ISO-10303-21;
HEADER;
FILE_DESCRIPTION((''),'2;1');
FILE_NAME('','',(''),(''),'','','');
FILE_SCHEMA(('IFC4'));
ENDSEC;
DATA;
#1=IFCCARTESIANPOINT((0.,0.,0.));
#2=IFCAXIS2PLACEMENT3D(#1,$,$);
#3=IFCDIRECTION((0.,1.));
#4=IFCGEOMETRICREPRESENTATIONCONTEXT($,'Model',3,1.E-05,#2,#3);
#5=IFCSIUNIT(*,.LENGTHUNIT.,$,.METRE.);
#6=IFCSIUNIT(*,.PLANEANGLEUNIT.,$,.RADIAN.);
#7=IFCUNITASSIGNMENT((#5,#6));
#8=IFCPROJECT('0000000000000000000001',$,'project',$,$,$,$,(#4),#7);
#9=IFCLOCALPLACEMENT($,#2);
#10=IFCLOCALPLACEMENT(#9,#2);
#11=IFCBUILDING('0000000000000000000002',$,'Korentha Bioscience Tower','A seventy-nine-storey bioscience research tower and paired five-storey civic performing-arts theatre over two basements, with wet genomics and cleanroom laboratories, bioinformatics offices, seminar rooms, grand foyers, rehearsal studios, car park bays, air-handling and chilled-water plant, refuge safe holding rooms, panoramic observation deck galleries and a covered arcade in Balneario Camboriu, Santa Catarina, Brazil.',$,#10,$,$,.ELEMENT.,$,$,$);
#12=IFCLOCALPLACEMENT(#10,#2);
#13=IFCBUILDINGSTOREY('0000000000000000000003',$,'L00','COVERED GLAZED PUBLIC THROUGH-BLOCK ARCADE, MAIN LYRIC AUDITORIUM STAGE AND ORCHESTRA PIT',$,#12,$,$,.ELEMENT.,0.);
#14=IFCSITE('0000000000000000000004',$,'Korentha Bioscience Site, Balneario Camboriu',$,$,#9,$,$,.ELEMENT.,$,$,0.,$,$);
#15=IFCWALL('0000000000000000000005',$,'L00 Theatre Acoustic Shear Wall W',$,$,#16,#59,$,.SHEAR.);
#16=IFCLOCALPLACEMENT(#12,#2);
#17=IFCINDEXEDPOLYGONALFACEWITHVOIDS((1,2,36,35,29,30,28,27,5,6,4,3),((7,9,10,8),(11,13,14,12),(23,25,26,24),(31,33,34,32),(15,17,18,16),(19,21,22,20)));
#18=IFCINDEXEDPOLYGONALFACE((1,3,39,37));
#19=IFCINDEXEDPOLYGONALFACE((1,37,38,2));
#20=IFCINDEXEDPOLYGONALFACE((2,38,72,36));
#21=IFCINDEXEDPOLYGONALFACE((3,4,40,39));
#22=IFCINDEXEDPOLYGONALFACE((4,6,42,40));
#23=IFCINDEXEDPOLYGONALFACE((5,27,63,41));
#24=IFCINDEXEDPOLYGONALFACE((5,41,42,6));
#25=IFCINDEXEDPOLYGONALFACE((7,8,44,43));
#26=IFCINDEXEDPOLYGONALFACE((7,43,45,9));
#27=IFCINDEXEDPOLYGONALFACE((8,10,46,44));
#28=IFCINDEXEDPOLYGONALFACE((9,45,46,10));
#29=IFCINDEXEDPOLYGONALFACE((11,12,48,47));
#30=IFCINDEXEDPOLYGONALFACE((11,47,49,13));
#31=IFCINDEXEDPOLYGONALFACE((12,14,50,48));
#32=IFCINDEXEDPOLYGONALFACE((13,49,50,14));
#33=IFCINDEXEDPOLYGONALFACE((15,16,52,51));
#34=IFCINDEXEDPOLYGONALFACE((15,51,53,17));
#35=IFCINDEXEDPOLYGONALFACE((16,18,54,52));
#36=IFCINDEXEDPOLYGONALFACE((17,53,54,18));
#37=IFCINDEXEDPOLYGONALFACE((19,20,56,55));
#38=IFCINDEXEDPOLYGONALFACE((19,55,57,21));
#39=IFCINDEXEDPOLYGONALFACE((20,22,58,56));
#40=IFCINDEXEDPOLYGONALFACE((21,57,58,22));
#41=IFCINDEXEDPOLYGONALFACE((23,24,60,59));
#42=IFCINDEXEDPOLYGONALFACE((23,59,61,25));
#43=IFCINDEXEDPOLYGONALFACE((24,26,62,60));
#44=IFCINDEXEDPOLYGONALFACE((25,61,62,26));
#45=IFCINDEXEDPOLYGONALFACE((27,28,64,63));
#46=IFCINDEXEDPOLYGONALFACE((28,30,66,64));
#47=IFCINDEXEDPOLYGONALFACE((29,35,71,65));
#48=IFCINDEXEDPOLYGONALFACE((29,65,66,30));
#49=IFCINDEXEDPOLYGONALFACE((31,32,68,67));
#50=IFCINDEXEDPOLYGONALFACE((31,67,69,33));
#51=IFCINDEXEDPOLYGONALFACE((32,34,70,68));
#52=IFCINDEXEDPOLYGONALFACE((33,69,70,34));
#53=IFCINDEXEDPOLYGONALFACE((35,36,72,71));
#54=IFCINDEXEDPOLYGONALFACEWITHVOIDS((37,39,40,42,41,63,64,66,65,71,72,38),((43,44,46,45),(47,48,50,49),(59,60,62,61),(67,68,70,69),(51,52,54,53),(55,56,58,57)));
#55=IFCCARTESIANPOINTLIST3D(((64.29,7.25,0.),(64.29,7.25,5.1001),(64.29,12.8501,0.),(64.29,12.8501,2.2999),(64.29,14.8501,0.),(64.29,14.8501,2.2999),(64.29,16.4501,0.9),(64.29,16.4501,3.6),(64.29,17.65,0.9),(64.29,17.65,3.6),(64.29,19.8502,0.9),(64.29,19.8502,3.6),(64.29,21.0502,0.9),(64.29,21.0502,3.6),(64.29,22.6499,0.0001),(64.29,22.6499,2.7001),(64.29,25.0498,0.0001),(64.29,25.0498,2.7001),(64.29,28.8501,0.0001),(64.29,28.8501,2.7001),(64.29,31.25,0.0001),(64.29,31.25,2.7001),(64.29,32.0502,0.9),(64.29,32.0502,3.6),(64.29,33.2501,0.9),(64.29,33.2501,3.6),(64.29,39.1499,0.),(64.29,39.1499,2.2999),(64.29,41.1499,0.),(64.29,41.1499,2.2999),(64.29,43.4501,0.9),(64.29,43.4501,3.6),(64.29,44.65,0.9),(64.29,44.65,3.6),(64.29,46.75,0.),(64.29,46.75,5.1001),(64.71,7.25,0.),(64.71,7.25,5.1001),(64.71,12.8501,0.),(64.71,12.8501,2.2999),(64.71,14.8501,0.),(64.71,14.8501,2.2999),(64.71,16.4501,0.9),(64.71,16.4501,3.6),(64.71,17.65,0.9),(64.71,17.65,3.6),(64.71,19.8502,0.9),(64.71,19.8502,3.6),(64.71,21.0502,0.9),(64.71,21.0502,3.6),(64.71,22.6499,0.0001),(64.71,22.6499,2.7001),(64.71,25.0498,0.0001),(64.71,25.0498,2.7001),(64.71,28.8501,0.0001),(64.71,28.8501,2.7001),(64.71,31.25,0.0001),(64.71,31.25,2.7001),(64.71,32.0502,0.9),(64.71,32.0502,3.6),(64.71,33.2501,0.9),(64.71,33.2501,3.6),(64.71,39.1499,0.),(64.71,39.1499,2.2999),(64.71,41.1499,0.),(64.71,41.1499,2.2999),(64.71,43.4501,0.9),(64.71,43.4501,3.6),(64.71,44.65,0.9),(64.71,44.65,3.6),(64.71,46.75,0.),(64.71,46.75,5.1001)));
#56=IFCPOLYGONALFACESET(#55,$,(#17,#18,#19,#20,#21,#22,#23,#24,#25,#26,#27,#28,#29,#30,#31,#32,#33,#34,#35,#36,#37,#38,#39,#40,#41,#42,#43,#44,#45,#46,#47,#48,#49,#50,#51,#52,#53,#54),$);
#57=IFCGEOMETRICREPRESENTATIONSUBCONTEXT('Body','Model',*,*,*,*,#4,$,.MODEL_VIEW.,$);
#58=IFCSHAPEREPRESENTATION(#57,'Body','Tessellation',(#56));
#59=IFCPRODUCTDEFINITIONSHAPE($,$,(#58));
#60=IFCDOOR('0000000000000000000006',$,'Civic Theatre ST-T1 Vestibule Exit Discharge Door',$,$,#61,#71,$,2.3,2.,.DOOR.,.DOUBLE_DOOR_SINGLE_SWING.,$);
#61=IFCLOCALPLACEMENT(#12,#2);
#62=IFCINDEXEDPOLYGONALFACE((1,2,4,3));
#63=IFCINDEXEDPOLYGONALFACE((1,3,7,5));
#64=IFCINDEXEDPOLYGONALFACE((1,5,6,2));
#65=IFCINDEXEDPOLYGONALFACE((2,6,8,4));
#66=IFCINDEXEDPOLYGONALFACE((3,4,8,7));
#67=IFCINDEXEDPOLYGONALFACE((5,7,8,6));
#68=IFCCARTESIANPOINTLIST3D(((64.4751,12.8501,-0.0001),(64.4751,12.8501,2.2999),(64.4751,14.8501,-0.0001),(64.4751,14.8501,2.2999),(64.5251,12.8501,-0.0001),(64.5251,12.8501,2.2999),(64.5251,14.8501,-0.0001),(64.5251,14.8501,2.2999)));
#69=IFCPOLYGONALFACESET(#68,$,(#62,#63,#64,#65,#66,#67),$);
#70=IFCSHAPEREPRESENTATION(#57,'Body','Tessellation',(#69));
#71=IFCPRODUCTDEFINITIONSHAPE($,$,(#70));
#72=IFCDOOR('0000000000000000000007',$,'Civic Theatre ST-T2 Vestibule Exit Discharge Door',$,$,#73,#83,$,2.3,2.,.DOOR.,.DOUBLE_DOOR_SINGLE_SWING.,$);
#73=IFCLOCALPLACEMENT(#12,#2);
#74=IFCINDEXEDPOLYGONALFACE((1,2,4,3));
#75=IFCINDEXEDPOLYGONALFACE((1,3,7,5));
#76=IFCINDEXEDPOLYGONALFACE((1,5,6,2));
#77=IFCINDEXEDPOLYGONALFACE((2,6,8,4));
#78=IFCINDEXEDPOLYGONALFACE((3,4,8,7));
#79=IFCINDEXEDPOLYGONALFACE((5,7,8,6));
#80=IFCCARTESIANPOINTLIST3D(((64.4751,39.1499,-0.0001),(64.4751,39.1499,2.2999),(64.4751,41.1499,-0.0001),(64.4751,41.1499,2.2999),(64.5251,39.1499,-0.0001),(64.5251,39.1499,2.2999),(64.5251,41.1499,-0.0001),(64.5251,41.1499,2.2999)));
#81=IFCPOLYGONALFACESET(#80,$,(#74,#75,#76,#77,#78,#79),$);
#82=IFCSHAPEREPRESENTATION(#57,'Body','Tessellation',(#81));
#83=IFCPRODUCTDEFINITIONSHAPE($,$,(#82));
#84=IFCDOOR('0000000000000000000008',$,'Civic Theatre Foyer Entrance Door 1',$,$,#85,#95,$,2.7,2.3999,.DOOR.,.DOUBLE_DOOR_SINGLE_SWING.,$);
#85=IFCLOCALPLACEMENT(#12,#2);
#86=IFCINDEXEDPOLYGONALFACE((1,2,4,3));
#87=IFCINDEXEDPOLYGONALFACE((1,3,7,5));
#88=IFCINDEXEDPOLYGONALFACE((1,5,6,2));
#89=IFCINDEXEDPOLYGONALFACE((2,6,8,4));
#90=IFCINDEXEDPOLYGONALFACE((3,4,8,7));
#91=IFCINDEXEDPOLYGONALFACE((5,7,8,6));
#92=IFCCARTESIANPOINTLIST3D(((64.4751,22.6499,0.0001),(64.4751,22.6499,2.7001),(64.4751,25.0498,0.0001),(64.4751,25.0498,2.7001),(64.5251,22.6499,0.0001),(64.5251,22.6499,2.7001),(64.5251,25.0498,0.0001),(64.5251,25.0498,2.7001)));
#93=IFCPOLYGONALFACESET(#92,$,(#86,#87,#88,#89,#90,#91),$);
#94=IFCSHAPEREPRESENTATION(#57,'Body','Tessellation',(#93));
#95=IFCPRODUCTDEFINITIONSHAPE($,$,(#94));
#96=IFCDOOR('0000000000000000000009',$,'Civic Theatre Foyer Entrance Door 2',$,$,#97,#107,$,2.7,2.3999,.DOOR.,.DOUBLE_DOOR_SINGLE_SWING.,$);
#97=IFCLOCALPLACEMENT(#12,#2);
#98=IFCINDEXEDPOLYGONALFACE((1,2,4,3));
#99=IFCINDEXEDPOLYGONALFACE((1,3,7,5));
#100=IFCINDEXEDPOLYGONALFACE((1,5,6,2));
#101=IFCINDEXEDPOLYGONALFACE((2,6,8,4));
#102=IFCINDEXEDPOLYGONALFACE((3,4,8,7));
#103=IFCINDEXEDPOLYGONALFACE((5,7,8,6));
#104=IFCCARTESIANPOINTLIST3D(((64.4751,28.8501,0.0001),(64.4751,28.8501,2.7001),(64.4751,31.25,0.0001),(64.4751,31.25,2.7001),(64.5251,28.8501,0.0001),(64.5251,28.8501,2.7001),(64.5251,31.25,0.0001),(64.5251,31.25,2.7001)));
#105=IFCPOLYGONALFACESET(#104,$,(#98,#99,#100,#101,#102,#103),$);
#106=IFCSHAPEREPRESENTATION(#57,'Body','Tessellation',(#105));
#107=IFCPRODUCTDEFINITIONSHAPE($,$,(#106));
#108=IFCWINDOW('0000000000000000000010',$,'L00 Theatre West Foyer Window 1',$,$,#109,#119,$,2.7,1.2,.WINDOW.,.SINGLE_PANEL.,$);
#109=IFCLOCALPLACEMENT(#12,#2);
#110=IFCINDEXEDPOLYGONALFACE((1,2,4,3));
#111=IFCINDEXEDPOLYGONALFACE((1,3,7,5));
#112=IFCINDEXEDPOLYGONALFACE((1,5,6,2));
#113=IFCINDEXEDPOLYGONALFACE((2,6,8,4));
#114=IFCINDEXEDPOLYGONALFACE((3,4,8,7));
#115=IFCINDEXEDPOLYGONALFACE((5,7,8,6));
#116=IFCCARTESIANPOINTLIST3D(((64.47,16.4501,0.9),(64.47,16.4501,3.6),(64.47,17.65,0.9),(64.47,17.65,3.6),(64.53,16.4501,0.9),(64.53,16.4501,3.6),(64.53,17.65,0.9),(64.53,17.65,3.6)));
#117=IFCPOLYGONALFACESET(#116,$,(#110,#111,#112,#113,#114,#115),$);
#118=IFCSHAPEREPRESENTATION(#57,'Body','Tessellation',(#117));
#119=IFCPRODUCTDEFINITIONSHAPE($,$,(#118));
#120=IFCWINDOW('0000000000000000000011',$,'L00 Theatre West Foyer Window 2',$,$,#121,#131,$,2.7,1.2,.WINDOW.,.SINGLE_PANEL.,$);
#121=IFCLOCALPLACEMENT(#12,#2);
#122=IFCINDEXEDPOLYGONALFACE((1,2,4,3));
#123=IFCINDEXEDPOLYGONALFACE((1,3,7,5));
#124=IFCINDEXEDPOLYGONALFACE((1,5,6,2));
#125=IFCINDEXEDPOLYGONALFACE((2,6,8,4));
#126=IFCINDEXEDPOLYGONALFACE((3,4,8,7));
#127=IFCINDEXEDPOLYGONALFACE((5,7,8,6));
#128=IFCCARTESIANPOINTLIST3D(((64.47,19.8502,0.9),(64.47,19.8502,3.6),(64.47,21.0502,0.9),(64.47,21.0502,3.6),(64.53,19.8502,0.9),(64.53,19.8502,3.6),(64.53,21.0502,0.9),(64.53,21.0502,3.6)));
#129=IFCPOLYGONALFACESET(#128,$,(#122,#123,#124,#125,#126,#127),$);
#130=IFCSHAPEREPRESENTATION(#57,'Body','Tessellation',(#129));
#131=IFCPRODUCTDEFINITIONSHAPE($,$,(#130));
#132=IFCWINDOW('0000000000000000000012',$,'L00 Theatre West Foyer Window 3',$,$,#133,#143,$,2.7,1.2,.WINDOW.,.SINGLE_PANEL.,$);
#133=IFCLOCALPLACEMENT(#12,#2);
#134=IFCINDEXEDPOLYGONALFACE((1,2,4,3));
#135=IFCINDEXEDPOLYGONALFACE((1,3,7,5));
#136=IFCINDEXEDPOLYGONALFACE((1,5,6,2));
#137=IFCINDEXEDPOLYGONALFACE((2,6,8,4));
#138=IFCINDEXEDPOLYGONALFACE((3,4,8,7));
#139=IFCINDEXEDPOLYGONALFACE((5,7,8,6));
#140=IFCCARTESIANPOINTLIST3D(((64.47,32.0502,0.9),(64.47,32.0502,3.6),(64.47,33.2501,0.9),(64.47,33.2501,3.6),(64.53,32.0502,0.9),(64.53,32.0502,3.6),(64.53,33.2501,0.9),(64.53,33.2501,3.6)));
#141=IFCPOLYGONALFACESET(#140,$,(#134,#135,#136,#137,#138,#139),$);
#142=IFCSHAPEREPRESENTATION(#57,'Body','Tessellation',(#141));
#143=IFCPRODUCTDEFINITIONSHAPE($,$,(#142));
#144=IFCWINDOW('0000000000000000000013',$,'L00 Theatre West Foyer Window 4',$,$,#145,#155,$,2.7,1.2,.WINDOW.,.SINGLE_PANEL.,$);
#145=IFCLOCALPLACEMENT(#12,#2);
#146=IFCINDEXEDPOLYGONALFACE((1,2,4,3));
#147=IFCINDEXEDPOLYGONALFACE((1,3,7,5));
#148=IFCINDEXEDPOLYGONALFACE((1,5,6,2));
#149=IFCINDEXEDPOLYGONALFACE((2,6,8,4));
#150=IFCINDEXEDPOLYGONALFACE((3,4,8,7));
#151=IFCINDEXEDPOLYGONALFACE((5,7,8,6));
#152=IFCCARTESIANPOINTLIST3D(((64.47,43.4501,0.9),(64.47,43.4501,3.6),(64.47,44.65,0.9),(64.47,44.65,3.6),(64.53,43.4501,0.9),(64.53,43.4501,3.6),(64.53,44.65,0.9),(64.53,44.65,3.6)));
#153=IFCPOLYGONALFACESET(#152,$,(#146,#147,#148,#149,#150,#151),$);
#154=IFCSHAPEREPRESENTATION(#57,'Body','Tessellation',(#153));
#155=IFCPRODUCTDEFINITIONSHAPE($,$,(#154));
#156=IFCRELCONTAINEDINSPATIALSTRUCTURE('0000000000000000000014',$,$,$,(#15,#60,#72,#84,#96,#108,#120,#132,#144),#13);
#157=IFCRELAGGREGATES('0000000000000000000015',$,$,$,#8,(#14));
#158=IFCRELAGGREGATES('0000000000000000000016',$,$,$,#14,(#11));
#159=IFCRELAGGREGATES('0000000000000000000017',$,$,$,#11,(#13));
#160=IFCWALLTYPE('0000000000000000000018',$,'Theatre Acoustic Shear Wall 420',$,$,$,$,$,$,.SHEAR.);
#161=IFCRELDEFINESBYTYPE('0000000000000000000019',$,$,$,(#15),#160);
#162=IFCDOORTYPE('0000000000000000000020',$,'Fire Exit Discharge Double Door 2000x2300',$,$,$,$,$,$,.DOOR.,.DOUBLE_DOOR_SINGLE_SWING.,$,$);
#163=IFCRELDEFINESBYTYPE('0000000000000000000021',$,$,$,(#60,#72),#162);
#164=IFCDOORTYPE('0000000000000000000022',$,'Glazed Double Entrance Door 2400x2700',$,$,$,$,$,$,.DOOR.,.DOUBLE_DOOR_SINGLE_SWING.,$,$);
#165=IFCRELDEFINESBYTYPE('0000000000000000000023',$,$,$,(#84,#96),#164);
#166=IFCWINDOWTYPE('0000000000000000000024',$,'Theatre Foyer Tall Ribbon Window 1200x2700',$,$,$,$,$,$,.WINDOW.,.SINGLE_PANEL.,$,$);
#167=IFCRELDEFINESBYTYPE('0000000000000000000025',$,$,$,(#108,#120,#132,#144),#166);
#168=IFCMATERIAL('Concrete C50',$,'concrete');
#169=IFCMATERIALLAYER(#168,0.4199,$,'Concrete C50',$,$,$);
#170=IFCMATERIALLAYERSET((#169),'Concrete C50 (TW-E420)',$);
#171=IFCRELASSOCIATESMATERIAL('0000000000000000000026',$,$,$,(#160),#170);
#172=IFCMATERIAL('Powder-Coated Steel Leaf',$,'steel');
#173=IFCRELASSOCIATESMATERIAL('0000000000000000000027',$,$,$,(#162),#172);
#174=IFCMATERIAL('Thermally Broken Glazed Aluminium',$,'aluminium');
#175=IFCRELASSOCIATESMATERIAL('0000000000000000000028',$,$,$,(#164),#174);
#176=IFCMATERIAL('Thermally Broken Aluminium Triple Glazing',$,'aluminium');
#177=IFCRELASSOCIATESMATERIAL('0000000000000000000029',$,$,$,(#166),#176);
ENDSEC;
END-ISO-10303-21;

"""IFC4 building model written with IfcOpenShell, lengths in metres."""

from ifc_helpers import new_model, si_unit, direction, frame, frame_2d, origin, place, context, subcontext, project, spatial, rectangle, extrude, material, layer, layer_set, type_object, element, fill, save


model = new_model("IFC4")

# Units and contexts
model_context = context("Model", 3, precision=1e-05, world=origin(), true_north=direction((0.0, 1.0)))
body_context = subcontext(model_context, "Body", "Model", "MODEL_VIEW")
ifc_project = project(units=[si_unit("LENGTHUNIT", "METRE"), si_unit("PLANEANGLEUNIT", "RADIAN")], contexts=[model_context])

# Site, building, storey
site_placement = place(None, origin())
site = spatial("IfcSite", under=ifc_project, at=site_placement, Name="Korentha Bioscience Site, Balneario Camboriu", CompositionType="ELEMENT", RefElevation=0.0)
building_placement = place(site_placement, origin())
building = spatial("IfcBuilding", under=site, at=building_placement, Name="Korentha Bioscience Tower", Description="A seventy-nine-storey bioscience research tower and paired five-storey civic performing-arts theatre over two basements, with wet genomics and cleanroom laboratories, bioinformatics offices, seminar rooms, grand foyers, rehearsal studios, car park bays, air-handling and chilled-water plant, refuge safe holding rooms, panoramic observation deck galleries and a covered arcade in Balneario Camboriu, Santa Catarina, Brazil.", CompositionType="ELEMENT")
storey_placement = place(building_placement, origin())
storey = spatial("IfcBuildingStorey", under=building, at=storey_placement, Name="L00", Description="COVERED GLAZED PUBLIC THROUGH-BLOCK ARCADE, MAIN LYRIC AUDITORIUM STAGE AND ORCHESTRA PIT", CompositionType="ELEMENT", Elevation=0.0)

# Shared definitions
ifc_material_1 = material(Name="Concrete C50", Category="concrete")
ifc_layer_1 = layer(ifc_material_1, 0.4199, Name="Concrete C50")
ifc_layer_set_1 = layer_set([ifc_layer_1], Name="Concrete C50 (TW-E420)")
wall_type_1 = type_object("IfcWallType", Name="Theatre Acoustic Shear Wall 420", PredefinedType="SHEAR", material=ifc_layer_set_1)

# Wall, openings, doors, windows
wall_1_placement = place(storey_placement, frame((64.5, 7.25, 0.0), z_axis=(0.0, 0.0, 1.0), x_axis=(0.0, 1.0, 0.0)))
wall_1 = element("IfcWall", 1, at=wall_1_placement, inside=storey, type_object=wall_type_1, Name="L00 Theatre Acoustic Shear Wall W", PredefinedType="SHEAR", context=body_context, shape_type="SweptSolid", body=[
    extrude(rectangle(XDim=39.5, YDim=0.4199, at=frame_2d((19.75, 0.0))), origin(), (0.0, 0.0, 1.0), 5.1001),
])
opening_1_placement = place(wall_1_placement, frame((9.2, 0.0, 0.8999)))
opening_1 = element("IfcOpeningElement", 2, at=opening_1_placement, cuts=wall_1, PredefinedType="OPENING", context=body_context, shape_type="SweptSolid", body=[
    extrude(rectangle(XDim=1.2, YDim=2.7, at=frame_2d((0.6001, 1.3501))), frame((0.0, 0.2249, 0.0), z_axis=(0.0, -1.0, 0.0), x_axis=(1.0, 0.0, 0.0)), (0.0, 0.0, 1.0), 0.4497),
])
opening_2_placement = place(wall_1_placement, frame((12.6001, 0.0, 0.8999)))
opening_2 = element("IfcOpeningElement", 3, at=opening_2_placement, cuts=wall_1, PredefinedType="OPENING", context=body_context, shape_type="SweptSolid", body=[
    extrude(rectangle(XDim=1.2, YDim=2.7, at=frame_2d((0.6001, 1.3501))), frame((0.0, 0.2249, 0.0), z_axis=(0.0, -1.0, 0.0), x_axis=(1.0, 0.0, 0.0)), (0.0, 0.0, 1.0), 0.4497),
])
opening_3_placement = place(wall_1_placement, frame((24.8, 0.0, 0.8999)))
opening_3 = element("IfcOpeningElement", 4, at=opening_3_placement, cuts=wall_1, PredefinedType="OPENING", context=body_context, shape_type="SweptSolid", body=[
    extrude(rectangle(XDim=1.2, YDim=2.7, at=frame_2d((0.6001, 1.3501))), frame((0.0, 0.2249, 0.0), z_axis=(0.0, -1.0, 0.0), x_axis=(1.0, 0.0, 0.0)), (0.0, 0.0, 1.0), 0.4497),
])
opening_4_placement = place(wall_1_placement, frame((36.2, 0.0, 0.8999)))
opening_4 = element("IfcOpeningElement", 5, at=opening_4_placement, cuts=wall_1, PredefinedType="OPENING", context=body_context, shape_type="SweptSolid", body=[
    extrude(rectangle(XDim=1.2, YDim=2.7, at=frame_2d((0.6001, 1.3501))), frame((0.0, 0.2249, 0.0), z_axis=(0.0, -1.0, 0.0), x_axis=(1.0, 0.0, 0.0)), (0.0, 0.0, 1.0), 0.4497),
])
opening_5_placement = place(wall_1_placement, frame((15.3999, 0.0, 0.0)))
opening_5 = element("IfcOpeningElement", 6, at=opening_5_placement, cuts=wall_1, PredefinedType="OPENING", context=body_context, shape_type="SweptSolid", body=[
    extrude(rectangle(XDim=2.3999, YDim=2.7, at=frame_2d((1.2, 1.3501))), frame((0.0, 0.2249, 0.0), z_axis=(0.0, -1.0, 0.0), x_axis=(1.0, 0.0, 0.0)), (0.0, 0.0, 1.0), 0.4497),
])
opening_6_placement = place(wall_1_placement, frame((21.6001, 0.0, 0.0)))
opening_6 = element("IfcOpeningElement", 7, at=opening_6_placement, cuts=wall_1, PredefinedType="OPENING", context=body_context, shape_type="SweptSolid", body=[
    extrude(rectangle(XDim=2.3999, YDim=2.7, at=frame_2d((1.2, 1.3501))), frame((0.0, 0.2249, 0.0), z_axis=(0.0, -1.0, 0.0), x_axis=(1.0, 0.0, 0.0)), (0.0, 0.0, 1.0), 0.4497),
])
opening_7_placement = place(wall_1_placement, frame((5.6001, 0.0, 0.0)))
opening_7 = element("IfcOpeningElement", 8, at=opening_7_placement, cuts=wall_1, PredefinedType="OPENING", context=body_context, shape_type="SweptSolid", body=[
    extrude(rectangle(XDim=2.0, YDim=2.3, at=frame_2d((1.0, 1.1499))), frame((0.0, 0.2249, 0.0), z_axis=(0.0, -1.0, 0.0), x_axis=(1.0, 0.0, 0.0)), (0.0, 0.0, 1.0), 0.4497),
])
opening_8_placement = place(wall_1_placement, frame((31.8999, 0.0, 0.0)))
opening_8 = element("IfcOpeningElement", 9, at=opening_8_placement, cuts=wall_1, PredefinedType="OPENING", context=body_context, shape_type="SweptSolid", body=[
    extrude(rectangle(XDim=2.0, YDim=2.3, at=frame_2d((1.0, 1.1499))), frame((0.0, 0.2249, 0.0), z_axis=(0.0, -1.0, 0.0), x_axis=(1.0, 0.0, 0.0)), (0.0, 0.0, 1.0), 0.4497),
])
ifc_material_2 = material(Name="Powder-Coated Steel Leaf", Category="steel")
door_type_1 = type_object("IfcDoorType", Name="Fire Exit Discharge Double Door 2000x2300", OperationType="DOUBLE_DOOR_SINGLE_SWING", PredefinedType="DOOR", material=ifc_material_2)
door_1_placement = place(opening_7_placement, origin())
door_1 = element("IfcDoor", 10, at=door_1_placement, inside=storey, type_object=door_type_1, Name="Civic Theatre ST-T1 Vestibule Exit Discharge Door", OperationType="DOUBLE_DOOR_SINGLE_SWING", OverallHeight=2.3, OverallWidth=2.0, PredefinedType="DOOR", context=body_context, shape_type="SweptSolid", body=[
    extrude(rectangle(XDim=2.0, YDim=2.3, at=frame_2d((1.0, 1.1499))), frame((0.0, 0.0249, 0.0), z_axis=(0.0, -1.0, 0.0), x_axis=(1.0, 0.0, 0.0)), (0.0, 0.0, 1.0), 0.05),
])
fill(opening_7, door_1)
door_2_placement = place(opening_8_placement, origin())
door_2 = element("IfcDoor", 11, at=door_2_placement, inside=storey, type_object=door_type_1, Name="Civic Theatre ST-T2 Vestibule Exit Discharge Door", OperationType="DOUBLE_DOOR_SINGLE_SWING", OverallHeight=2.3, OverallWidth=2.0, PredefinedType="DOOR", context=body_context, shape_type="SweptSolid", body=[
    extrude(rectangle(XDim=2.0, YDim=2.3, at=frame_2d((1.0, 1.1499))), frame((0.0, 0.0249, 0.0), z_axis=(0.0, -1.0, 0.0), x_axis=(1.0, 0.0, 0.0)), (0.0, 0.0, 1.0), 0.05),
])
fill(opening_8, door_2)
ifc_material_3 = material(Name="Thermally Broken Glazed Aluminium", Category="aluminium")
door_type_2 = type_object("IfcDoorType", Name="Glazed Double Entrance Door 2400x2700", OperationType="DOUBLE_DOOR_SINGLE_SWING", PredefinedType="DOOR", material=ifc_material_3)
door_3_placement = place(opening_5_placement, origin())
door_3 = element("IfcDoor", 12, at=door_3_placement, inside=storey, type_object=door_type_2, Name="Civic Theatre Foyer Entrance Door 1", OperationType="DOUBLE_DOOR_SINGLE_SWING", OverallHeight=2.7, OverallWidth=2.3999, PredefinedType="DOOR", context=body_context, shape_type="SweptSolid", body=[
    extrude(rectangle(XDim=2.3999, YDim=2.7, at=frame_2d((1.2, 1.3501))), frame((0.0, 0.0249, 0.0), z_axis=(0.0, -1.0, 0.0), x_axis=(1.0, 0.0, 0.0)), (0.0, 0.0, 1.0), 0.05),
])
fill(opening_5, door_3)
door_4_placement = place(opening_6_placement, origin())
door_4 = element("IfcDoor", 13, at=door_4_placement, inside=storey, type_object=door_type_2, Name="Civic Theatre Foyer Entrance Door 2", OperationType="DOUBLE_DOOR_SINGLE_SWING", OverallHeight=2.7, OverallWidth=2.3999, PredefinedType="DOOR", context=body_context, shape_type="SweptSolid", body=[
    extrude(rectangle(XDim=2.3999, YDim=2.7, at=frame_2d((1.2, 1.3501))), frame((0.0, 0.0249, 0.0), z_axis=(0.0, -1.0, 0.0), x_axis=(1.0, 0.0, 0.0)), (0.0, 0.0, 1.0), 0.05),
])
fill(opening_6, door_4)
ifc_material_4 = material(Name="Thermally Broken Aluminium Triple Glazing", Category="aluminium")
window_type = type_object("IfcWindowType", Name="Theatre Foyer Tall Ribbon Window 1200x2700", PartitioningType="SINGLE_PANEL", PredefinedType="WINDOW", material=ifc_material_4)
window_1_placement = place(opening_1_placement, origin())
window_1 = element("IfcWindow", 14, at=window_1_placement, inside=storey, type_object=window_type, Name="L00 Theatre West Foyer Window 1", OverallHeight=2.7, OverallWidth=1.2, PartitioningType="SINGLE_PANEL", PredefinedType="WINDOW", context=body_context, shape_type="SweptSolid", body=[
    extrude(rectangle(XDim=1.2, YDim=2.7, at=frame_2d((0.6001, 1.3501))), frame((0.0, 0.03, 0.0), z_axis=(0.0, -1.0, 0.0), x_axis=(1.0, 0.0, 0.0)), (0.0, 0.0, 1.0), 0.0601),
])
fill(opening_1, window_1)
window_2_placement = place(opening_2_placement, origin())
window_2 = element("IfcWindow", 15, at=window_2_placement, inside=storey, type_object=window_type, Name="L00 Theatre West Foyer Window 2", OverallHeight=2.7, OverallWidth=1.2, PartitioningType="SINGLE_PANEL", PredefinedType="WINDOW", context=body_context, shape_type="SweptSolid", body=[
    extrude(rectangle(XDim=1.2, YDim=2.7, at=frame_2d((0.6001, 1.3501))), frame((0.0, 0.03, 0.0), z_axis=(0.0, -1.0, 0.0), x_axis=(1.0, 0.0, 0.0)), (0.0, 0.0, 1.0), 0.0601),
])
fill(opening_2, window_2)
window_3_placement = place(opening_3_placement, origin())
window_3 = element("IfcWindow", 16, at=window_3_placement, inside=storey, type_object=window_type, Name="L00 Theatre West Foyer Window 3", OverallHeight=2.7, OverallWidth=1.2, PartitioningType="SINGLE_PANEL", PredefinedType="WINDOW", context=body_context, shape_type="SweptSolid", body=[
    extrude(rectangle(XDim=1.2, YDim=2.7, at=frame_2d((0.6001, 1.3501))), frame((0.0, 0.03, 0.0), z_axis=(0.0, -1.0, 0.0), x_axis=(1.0, 0.0, 0.0)), (0.0, 0.0, 1.0), 0.0601),
])
fill(opening_3, window_3)
window_4_placement = place(opening_4_placement, origin())
window_4 = element("IfcWindow", 17, at=window_4_placement, inside=storey, type_object=window_type, Name="L00 Theatre West Foyer Window 4", OverallHeight=2.7, OverallWidth=1.2, PartitioningType="SINGLE_PANEL", PredefinedType="WINDOW", context=body_context, shape_type="SweptSolid", body=[
    extrude(rectangle(XDim=1.2, YDim=2.7, at=frame_2d((0.6001, 1.3501))), frame((0.0, 0.03, 0.0), z_axis=(0.0, -1.0, 0.0), x_axis=(1.0, 0.0, 0.0)), (0.0, 0.0, 1.0), 0.0601),
])
fill(opening_4, window_4)

save(model, "model.ifc")
